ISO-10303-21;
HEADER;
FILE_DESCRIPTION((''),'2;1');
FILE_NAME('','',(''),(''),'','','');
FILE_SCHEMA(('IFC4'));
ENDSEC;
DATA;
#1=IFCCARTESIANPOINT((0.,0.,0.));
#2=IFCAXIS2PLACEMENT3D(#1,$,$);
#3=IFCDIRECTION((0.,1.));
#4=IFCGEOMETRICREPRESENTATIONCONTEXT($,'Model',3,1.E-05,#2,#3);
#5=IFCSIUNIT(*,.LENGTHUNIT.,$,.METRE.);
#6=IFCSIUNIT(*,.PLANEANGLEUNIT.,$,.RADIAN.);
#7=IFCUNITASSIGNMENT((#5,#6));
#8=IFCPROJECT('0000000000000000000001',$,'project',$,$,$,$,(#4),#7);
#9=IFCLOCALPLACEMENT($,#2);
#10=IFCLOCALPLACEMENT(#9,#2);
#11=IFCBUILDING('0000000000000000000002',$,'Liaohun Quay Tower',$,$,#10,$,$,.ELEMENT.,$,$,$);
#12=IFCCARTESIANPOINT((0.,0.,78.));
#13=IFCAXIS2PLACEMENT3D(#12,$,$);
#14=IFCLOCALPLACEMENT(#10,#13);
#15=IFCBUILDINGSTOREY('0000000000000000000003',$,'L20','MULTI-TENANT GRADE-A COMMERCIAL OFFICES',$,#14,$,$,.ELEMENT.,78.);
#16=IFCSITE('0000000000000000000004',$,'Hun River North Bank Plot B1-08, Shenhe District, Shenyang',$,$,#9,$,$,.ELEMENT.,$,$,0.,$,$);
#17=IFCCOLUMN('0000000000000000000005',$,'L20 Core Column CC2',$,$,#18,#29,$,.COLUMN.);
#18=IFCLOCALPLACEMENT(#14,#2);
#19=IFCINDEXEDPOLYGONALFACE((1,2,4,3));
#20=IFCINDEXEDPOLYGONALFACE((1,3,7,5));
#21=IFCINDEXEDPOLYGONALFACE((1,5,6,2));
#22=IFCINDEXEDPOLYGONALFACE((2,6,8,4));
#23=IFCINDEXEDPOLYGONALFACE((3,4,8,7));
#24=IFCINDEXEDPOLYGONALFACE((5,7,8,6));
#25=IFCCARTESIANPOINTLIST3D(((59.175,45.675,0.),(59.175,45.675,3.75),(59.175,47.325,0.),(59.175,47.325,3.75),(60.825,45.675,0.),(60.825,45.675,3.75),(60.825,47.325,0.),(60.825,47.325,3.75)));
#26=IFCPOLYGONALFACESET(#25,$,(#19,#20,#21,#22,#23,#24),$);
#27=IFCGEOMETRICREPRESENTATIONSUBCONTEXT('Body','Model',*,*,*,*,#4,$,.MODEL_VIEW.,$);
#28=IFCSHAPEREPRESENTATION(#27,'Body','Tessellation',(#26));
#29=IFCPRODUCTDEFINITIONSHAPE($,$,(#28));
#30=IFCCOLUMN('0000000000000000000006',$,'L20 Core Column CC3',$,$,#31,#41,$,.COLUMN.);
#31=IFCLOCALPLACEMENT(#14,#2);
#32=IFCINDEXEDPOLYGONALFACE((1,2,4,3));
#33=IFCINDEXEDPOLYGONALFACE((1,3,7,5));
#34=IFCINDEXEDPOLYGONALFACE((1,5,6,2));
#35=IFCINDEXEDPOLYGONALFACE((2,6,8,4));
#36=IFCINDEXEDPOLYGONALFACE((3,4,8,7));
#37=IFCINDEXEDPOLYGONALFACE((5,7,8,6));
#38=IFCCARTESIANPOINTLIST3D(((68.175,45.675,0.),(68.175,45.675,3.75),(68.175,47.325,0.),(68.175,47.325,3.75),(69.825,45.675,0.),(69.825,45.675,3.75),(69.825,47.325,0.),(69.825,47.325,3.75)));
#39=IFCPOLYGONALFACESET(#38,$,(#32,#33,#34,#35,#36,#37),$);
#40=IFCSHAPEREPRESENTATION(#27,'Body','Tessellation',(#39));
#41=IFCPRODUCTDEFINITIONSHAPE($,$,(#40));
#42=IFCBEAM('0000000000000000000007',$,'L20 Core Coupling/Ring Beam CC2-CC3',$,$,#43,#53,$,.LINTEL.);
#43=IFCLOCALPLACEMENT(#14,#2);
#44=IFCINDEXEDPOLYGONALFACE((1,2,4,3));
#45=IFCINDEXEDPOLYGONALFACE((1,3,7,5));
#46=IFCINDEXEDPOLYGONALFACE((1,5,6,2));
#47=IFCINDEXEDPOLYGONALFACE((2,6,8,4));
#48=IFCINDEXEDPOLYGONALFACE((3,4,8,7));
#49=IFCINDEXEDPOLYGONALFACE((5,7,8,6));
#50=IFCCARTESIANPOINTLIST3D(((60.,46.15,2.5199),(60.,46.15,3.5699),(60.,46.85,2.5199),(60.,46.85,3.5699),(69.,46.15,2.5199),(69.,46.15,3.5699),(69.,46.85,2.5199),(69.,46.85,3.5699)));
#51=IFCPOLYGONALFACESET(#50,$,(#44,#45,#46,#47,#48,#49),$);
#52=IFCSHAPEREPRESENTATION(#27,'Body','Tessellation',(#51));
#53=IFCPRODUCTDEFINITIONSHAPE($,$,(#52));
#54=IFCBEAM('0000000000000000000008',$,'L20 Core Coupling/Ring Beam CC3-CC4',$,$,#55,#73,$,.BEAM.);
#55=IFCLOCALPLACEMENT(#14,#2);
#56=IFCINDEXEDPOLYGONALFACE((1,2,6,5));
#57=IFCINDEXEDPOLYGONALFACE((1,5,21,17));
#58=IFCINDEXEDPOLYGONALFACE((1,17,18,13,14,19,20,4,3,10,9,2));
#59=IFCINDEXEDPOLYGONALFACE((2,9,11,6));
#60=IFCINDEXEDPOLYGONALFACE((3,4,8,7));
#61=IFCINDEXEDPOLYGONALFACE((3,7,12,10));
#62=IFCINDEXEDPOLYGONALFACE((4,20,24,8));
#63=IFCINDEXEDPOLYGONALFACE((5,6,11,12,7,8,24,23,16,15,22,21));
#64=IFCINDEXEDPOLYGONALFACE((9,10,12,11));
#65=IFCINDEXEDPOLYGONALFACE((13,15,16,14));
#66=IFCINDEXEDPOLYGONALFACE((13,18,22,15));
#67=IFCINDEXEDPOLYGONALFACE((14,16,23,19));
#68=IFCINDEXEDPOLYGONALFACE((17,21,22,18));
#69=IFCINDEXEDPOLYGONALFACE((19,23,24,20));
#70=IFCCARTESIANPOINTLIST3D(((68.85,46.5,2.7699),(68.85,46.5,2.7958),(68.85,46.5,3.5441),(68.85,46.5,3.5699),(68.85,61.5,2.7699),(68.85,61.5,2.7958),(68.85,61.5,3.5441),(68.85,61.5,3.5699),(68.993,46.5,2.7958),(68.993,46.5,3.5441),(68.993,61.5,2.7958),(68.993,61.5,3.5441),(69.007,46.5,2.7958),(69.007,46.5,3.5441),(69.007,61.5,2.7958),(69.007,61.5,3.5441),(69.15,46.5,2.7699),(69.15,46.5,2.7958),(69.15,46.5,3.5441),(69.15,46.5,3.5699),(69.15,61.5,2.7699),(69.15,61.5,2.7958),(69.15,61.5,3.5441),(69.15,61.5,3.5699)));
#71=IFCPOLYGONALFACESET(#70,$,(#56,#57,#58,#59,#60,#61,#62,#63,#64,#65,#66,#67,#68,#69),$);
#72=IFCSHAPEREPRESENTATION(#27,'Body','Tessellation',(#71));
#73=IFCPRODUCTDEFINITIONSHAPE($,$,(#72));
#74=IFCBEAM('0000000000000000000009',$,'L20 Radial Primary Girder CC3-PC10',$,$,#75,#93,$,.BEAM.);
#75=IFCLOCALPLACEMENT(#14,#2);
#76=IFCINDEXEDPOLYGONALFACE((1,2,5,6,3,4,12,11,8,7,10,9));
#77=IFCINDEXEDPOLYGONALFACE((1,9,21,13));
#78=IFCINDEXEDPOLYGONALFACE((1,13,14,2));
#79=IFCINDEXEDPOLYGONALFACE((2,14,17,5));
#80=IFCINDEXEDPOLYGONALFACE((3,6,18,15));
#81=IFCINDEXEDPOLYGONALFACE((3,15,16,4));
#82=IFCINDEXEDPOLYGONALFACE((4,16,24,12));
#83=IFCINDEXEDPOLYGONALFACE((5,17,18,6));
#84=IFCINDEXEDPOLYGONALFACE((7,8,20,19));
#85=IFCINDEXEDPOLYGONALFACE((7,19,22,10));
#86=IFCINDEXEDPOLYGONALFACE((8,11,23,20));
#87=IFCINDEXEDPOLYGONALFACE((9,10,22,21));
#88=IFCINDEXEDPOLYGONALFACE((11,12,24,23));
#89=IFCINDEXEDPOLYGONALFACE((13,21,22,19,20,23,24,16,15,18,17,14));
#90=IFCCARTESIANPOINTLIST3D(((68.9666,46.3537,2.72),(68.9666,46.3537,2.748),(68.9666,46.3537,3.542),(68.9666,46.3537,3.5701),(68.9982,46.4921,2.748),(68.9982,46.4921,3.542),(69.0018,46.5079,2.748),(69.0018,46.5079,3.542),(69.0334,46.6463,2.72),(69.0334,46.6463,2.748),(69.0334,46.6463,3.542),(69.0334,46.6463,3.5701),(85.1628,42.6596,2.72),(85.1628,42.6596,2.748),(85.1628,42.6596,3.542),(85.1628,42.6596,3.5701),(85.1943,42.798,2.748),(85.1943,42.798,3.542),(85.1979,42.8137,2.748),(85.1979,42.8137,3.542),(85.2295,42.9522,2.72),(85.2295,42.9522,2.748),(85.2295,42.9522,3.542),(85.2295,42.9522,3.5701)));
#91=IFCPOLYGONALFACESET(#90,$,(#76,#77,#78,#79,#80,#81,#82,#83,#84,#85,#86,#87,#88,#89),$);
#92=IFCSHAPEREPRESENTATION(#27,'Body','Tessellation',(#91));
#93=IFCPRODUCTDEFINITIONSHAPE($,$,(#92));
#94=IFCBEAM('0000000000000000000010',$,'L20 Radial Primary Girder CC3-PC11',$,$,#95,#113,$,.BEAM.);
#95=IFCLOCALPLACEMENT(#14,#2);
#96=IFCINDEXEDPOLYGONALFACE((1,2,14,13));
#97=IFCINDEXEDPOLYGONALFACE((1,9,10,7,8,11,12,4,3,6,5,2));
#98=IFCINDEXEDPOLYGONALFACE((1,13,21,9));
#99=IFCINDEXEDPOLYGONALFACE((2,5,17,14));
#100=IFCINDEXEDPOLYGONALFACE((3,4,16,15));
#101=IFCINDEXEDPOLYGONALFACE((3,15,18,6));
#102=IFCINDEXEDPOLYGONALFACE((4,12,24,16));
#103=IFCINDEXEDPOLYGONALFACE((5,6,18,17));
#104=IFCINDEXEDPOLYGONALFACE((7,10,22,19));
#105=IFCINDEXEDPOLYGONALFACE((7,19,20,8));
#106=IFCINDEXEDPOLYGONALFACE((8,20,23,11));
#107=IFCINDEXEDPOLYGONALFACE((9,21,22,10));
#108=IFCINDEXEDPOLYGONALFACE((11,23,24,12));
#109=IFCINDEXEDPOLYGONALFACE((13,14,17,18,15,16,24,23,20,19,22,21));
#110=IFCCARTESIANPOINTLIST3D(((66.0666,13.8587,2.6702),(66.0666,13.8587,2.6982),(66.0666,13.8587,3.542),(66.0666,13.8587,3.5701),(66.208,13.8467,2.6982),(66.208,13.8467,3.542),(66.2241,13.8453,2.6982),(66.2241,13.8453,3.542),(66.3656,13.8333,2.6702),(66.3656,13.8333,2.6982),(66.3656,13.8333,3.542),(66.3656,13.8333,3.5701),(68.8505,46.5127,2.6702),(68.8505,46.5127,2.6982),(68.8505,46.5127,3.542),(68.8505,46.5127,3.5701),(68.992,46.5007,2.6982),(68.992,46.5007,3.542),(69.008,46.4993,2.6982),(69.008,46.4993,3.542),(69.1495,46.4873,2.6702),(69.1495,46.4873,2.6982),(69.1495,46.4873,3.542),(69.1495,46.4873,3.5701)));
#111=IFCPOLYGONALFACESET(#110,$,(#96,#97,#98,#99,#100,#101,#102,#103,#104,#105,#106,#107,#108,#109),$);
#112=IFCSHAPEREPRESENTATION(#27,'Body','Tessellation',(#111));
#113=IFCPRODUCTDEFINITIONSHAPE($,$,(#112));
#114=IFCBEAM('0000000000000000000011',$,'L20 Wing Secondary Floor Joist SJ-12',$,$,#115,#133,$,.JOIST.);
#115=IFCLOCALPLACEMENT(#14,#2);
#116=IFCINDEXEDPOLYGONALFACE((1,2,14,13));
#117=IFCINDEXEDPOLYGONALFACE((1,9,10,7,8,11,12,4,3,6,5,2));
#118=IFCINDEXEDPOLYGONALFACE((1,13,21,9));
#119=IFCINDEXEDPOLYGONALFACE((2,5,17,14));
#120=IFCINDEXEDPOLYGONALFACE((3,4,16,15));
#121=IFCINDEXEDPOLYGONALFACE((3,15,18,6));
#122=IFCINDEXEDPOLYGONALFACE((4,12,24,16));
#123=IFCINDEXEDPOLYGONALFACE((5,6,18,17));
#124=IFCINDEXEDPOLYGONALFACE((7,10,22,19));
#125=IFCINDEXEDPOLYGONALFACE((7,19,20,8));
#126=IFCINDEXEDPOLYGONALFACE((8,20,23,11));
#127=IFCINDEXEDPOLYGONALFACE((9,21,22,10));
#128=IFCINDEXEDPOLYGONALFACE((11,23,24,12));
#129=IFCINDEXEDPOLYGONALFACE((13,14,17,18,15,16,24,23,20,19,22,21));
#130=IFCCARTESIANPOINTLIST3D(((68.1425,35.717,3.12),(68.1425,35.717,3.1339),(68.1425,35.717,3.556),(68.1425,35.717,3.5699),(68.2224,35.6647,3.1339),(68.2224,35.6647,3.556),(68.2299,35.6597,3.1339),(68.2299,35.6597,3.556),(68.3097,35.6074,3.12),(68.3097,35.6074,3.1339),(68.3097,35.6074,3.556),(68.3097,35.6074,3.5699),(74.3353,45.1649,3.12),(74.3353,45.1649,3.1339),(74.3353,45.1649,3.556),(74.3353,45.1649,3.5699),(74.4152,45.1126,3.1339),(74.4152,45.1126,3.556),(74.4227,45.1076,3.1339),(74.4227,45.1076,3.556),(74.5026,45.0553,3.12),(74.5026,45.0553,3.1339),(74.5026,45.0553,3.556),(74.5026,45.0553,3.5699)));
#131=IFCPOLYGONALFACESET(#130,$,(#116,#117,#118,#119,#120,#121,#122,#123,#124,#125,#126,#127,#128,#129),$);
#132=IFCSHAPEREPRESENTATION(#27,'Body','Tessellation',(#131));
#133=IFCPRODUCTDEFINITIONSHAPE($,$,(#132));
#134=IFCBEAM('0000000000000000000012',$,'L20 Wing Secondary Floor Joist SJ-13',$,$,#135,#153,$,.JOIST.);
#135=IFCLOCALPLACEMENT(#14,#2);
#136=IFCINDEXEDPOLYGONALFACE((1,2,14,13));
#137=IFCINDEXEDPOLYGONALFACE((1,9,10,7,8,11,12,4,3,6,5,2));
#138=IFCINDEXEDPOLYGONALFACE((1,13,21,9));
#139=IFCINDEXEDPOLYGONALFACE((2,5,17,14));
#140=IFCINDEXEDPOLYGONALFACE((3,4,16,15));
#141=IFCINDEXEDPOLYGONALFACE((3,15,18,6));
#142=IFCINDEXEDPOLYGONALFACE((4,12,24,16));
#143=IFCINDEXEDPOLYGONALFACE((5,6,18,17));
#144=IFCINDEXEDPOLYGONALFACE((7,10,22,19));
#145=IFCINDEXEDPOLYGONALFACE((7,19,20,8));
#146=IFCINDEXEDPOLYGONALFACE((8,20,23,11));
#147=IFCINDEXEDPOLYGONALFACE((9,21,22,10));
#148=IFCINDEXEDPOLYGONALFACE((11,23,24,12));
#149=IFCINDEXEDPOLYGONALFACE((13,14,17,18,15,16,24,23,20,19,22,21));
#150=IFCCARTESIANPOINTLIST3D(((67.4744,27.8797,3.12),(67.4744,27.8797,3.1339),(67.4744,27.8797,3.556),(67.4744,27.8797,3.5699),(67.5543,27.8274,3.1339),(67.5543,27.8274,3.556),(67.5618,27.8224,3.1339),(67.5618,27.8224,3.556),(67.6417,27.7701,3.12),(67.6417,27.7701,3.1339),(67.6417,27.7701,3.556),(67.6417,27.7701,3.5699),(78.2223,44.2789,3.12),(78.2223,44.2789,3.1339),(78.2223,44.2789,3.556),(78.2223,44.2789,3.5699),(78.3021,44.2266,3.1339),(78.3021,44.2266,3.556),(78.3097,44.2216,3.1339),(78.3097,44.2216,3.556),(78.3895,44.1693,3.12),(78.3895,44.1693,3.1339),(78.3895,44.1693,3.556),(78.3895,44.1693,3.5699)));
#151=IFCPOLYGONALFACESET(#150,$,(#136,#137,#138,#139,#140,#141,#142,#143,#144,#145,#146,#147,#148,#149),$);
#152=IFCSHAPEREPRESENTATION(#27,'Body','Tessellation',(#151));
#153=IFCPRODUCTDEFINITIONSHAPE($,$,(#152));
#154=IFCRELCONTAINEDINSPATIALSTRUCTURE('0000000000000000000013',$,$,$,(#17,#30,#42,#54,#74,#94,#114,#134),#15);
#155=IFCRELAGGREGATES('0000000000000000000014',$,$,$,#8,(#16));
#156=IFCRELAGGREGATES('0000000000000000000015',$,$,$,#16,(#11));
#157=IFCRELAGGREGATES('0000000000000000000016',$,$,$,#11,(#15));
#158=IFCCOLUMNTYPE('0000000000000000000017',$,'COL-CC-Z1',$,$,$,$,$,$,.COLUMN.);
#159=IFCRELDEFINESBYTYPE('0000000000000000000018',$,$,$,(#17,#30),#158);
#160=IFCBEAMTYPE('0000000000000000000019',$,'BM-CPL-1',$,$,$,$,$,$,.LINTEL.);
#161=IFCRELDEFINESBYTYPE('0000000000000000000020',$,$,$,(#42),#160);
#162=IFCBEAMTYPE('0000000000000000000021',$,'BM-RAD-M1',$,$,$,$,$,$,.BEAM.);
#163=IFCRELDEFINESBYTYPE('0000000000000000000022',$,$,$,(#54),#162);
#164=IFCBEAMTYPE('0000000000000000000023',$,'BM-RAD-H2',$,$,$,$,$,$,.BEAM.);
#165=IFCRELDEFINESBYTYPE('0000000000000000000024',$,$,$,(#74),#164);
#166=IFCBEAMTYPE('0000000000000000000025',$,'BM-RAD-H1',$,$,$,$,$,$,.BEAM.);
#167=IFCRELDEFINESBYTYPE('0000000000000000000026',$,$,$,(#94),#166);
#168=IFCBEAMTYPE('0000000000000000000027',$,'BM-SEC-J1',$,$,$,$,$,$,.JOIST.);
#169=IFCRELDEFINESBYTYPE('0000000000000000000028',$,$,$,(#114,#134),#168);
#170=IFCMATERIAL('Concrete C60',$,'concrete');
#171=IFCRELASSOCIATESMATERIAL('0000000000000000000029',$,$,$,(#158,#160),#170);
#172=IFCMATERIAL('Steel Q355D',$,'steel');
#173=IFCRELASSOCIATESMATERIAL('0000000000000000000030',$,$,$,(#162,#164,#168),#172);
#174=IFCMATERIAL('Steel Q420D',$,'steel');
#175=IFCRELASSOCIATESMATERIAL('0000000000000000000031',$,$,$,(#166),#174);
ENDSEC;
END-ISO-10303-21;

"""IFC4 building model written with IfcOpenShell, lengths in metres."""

from ifc_helpers import new_model, si_unit, direction, frame, origin, origin_2d, place, context, subcontext, project, spatial, rectangle, i_section, extrude, source, transform, mapped, material, material_profile, profile_set, type_object, element, save


model = new_model("IFC4")

# Units and contexts
model_context = context("Model", 3, precision=1e-05, world=origin(), true_north=direction((0.0, 1.0)))
body_context = subcontext(model_context, "Body", "Model", "MODEL_VIEW")
ifc_project = project(units=[si_unit("LENGTHUNIT", "METRE"), si_unit("PLANEANGLEUNIT", "RADIAN")], contexts=[model_context])

# Site, building, storey
site_placement = place(None, origin())
site = spatial("IfcSite", under=ifc_project, at=site_placement, Name="Hun River North Bank Plot B1-08, Shenhe District, Shenyang", CompositionType="ELEMENT", RefElevation=0.0)
building_placement = place(site_placement, origin())
building = spatial("IfcBuilding", under=site, at=building_placement, Name="Liaohun Quay Tower", CompositionType="ELEMENT")
storey_placement = place(building_placement, frame((0.0, 0.0, 78.0)))
storey = spatial("IfcBuildingStorey", under=building, at=storey_placement, Name="L20", Description="MULTI-TENANT GRADE-A COMMERCIAL OFFICES", CompositionType="ELEMENT", Elevation=78.0)

# Columns
ifc_material_1 = material(Name="Concrete C60", Category="concrete")
ifc_material_profile_1 = material_profile(ifc_material_1, rectangle(XDim=1.6499, YDim=1.6499, at=origin_2d()), Name="RC1650x1650")
ifc_profile_set_1 = profile_set([ifc_material_profile_1], Name="Concrete C60")
column_type = type_object("IfcColumnType", Name="COL-CC-Z1", PredefinedType="COLUMN", material=ifc_profile_set_1)
shared_shape_1 = source(origin(), body_context, "Body", "SweptSolid", [
    extrude(rectangle(XDim=1.6499, YDim=1.6499, at=origin_2d()), origin(), (0.0, 0.0, 1.0), 3.75),
])
for number, where, z_axis, x_axis, name in (
    (1, (60.0, 46.5, 0.0), (0.0, 0.0, 1.0), (1.0, 0.0, 0.0), "L20 Core Column CC2"),
    (2, (69.0, 46.5, 0.0), (0.0, 0.0, 1.0), (1.0, 0.0, 0.0), "L20 Core Column CC3"),
):
    element("IfcColumn", number, at=place(storey_placement, frame(where, z_axis=z_axis, x_axis=x_axis)), inside=storey, type_object=column_type, Name=name, PredefinedType="COLUMN", context=body_context, shape_type="MappedRepresentation", body=[
        mapped(shared_shape_1, transform((0.0, 0.0, 0.0), x_axis=(1.0, 0.0, 0.0), y_axis=(0.0, 1.0, 0.0), z_axis=(0.0, 0.0, 1.0), scale=1.0)),
    ])

# Beams
ifc_material_profile_2 = material_profile(ifc_material_1, rectangle(XDim=0.7, YDim=1.05, at=origin_2d()), Name="RC700x1050")
ifc_profile_set_2 = profile_set([ifc_material_profile_2], Name="Concrete C60")
beam_type_1 = type_object("IfcBeamType", Name="BM-CPL-1", PredefinedType="LINTEL", material=ifc_profile_set_2)
shared_shape_2 = source(origin(), body_context, "Body", "SweptSolid", [
    extrude(rectangle(XDim=0.7, YDim=1.05, at=origin_2d()), origin(), (0.0, 0.0, 1.0), 9.0),
])
beam_1_placement = place(storey_placement, frame((60.0, 46.5, 3.0449), z_axis=(1.0, 0.0, 0.0), x_axis=(0.0, 1.0, 0.0)))
element("IfcBeam", 3, at=beam_1_placement, inside=storey, type_object=beam_type_1, Name="L20 Core Coupling/Ring Beam CC2-CC3", PredefinedType="LINTEL", context=body_context, shape_type="MappedRepresentation", body=[
    mapped(shared_shape_2, transform((0.0, 0.0, 0.0), x_axis=(1.0, 0.0, 0.0), y_axis=(0.0, 1.0, 0.0), z_axis=(0.0, 0.0, 1.0), scale=1.0)),
])
ifc_material_2 = material(Name="Steel Q355D", Category="steel")
ifc_material_profile_3 = material_profile(ifc_material_2, i_section(OverallWidth=0.3, OverallDepth=0.8, WebThickness=0.0139, FlangeThickness=0.0259, at=origin_2d()), Name="HN800x300x14x26")
ifc_profile_set_3 = profile_set([ifc_material_profile_3], Name="Steel Q355D")
beam_type_2 = type_object("IfcBeamType", Name="BM-RAD-M1", PredefinedType="BEAM", material=ifc_profile_set_3)
shared_shape_3 = source(origin(), body_context, "Body", "SweptSolid", [
    extrude(i_section(OverallWidth=0.3, OverallDepth=0.8, WebThickness=0.0139, FlangeThickness=0.0259, at=origin_2d()), origin(), (0.0, 0.0, 1.0), 15.0),
])
beam_2_placement = place(storey_placement, frame((69.0, 46.5, 3.1699), z_axis=(0.0, 1.0, 0.0), x_axis=(-1.0, 0.0, 0.0)))
element("IfcBeam", 4, at=beam_2_placement, inside=storey, type_object=beam_type_2, Name="L20 Core Coupling/Ring Beam CC3-CC4", PredefinedType="BEAM", context=body_context, shape_type="MappedRepresentation", body=[
    mapped(shared_shape_3, transform((0.0, 0.0, 0.0), x_axis=(1.0, 0.0, 0.0), y_axis=(0.0, 1.0, 0.0), z_axis=(0.0, 0.0, 1.0), scale=1.0)),
])
ifc_material_profile_4 = material_profile(ifc_material_2, i_section(OverallWidth=0.3, OverallDepth=0.8501, WebThickness=0.0161, FlangeThickness=0.0281, at=origin_2d()), Name="HN850x300x16x28")
ifc_profile_set_4 = profile_set([ifc_material_profile_4], Name="Steel Q355D")
beam_type_3 = type_object("IfcBeamType", Name="BM-RAD-H2", PredefinedType="BEAM", material=ifc_profile_set_4)
shared_shape_4 = source(origin(), body_context, "Body", "SweptSolid", [
    extrude(i_section(OverallWidth=0.3, OverallDepth=0.8501, WebThickness=0.0161, FlangeThickness=0.0281, at=origin_2d()), origin(), (0.0, 0.0, 1.0), 16.6121),
])
beam_3_placement = place(storey_placement, frame((69.0, 46.5, 3.145), z_axis=(0.974961, -0.222375, 0.0), x_axis=(0.222375, 0.974961, 0.0)))
element("IfcBeam", 5, at=beam_3_placement, inside=storey, type_object=beam_type_3, Name="L20 Radial Primary Girder CC3-PC10", PredefinedType="BEAM", context=body_context, shape_type="MappedRepresentation", body=[
    mapped(shared_shape_4, transform((0.0, 0.0, 0.0), x_axis=(1.0, 0.0, 0.0), y_axis=(0.0, 1.0, 0.0), z_axis=(0.0, 0.0, 1.0), scale=1.0)),
])
ifc_material_3 = material(Name="Steel Q420D", Category="steel")
ifc_material_profile_5 = material_profile(ifc_material_3, i_section(OverallWidth=0.3, OverallDepth=0.8999, WebThickness=0.0161, FlangeThickness=0.0281, at=origin_2d()), Name="HN900x300x16x28")
ifc_profile_set_5 = profile_set([ifc_material_profile_5], Name="Steel Q420D")
beam_type_4 = type_object("IfcBeamType", Name="BM-RAD-H1", PredefinedType="BEAM", material=ifc_profile_set_5)
shared_shape_5 = source(origin(), body_context, "Body", "SweptSolid", [
    extrude(i_section(OverallWidth=0.3, OverallDepth=0.8999, WebThickness=0.0161, FlangeThickness=0.0281, at=origin_2d()), origin(), (0.0, 0.0, 1.0), 32.7725),
])
beam_4_placement = place(storey_placement, frame((69.0, 46.5, 3.1201), z_axis=(-0.084947, -0.996385, 0.0), x_axis=(0.996385, -0.084947, 0.0)))
element("IfcBeam", 6, at=beam_4_placement, inside=storey, type_object=beam_type_4, Name="L20 Radial Primary Girder CC3-PC11", PredefinedType="BEAM", context=body_context, shape_type="MappedRepresentation", body=[
    mapped(shared_shape_5, transform((0.0, 0.0, 0.0), x_axis=(1.0, 0.0, 0.0), y_axis=(0.0, 1.0, 0.0), z_axis=(0.0, 0.0, 1.0), scale=1.0)),
])
ifc_material_profile_6 = material_profile(ifc_material_2, i_section(OverallWidth=0.2, OverallDepth=0.45, WebThickness=0.009, FlangeThickness=0.0139, at=origin_2d()), Name="HN450x200x9x14")
ifc_profile_set_6 = profile_set([ifc_material_profile_6], Name="Steel Q355D")
beam_type_5 = type_object("IfcBeamType", Name="BM-SEC-J1", PredefinedType="JOIST", material=ifc_profile_set_6)
shared_shape_6 = source(origin(), body_context, "Body", "SweptSolid", [
    extrude(i_section(OverallWidth=0.2, OverallDepth=0.45, WebThickness=0.009, FlangeThickness=0.0139, at=origin_2d()), origin(), (0.0, 0.0, 1.0), 11.2966),
])
beam_5_placement = place(storey_placement, frame((74.4189, 45.1101, 3.345), z_axis=(-0.5482, -0.836347, 0.0), x_axis=(0.836347, -0.5482, 0.0)))
element("IfcBeam", 7, at=beam_5_placement, inside=storey, type_object=beam_type_5, Name="L20 Wing Secondary Floor Joist SJ-12", PredefinedType="JOIST", context=body_context, shape_type="MappedRepresentation", body=[
    mapped(shared_shape_6, transform((0.0, 0.0, 0.0), x_axis=(1.0, 0.0, 0.0), y_axis=(0.0, 1.0, 0.0), z_axis=(0.0, 0.0, 1.0), scale=1.0)),
])
shared_shape_7 = source(origin(), body_context, "Body", "SweptSolid", [
    extrude(i_section(OverallWidth=0.2, OverallDepth=0.45, WebThickness=0.009, FlangeThickness=0.0139, at=origin_2d()), origin(), (0.0, 0.0, 1.0), 19.6074),
])
beam_6_placement = place(storey_placement, frame((78.3059, 44.2241, 3.345), z_axis=(-0.548152, -0.836379, 0.0), x_axis=(0.836379, -0.548152, 0.0)))
element("IfcBeam", 8, at=beam_6_placement, inside=storey, type_object=beam_type_5, Name="L20 Wing Secondary Floor Joist SJ-13", PredefinedType="JOIST", context=body_context, shape_type="MappedRepresentation", body=[
    mapped(shared_shape_7, transform((0.0, 0.0, 0.0), x_axis=(1.0, 0.0, 0.0), y_axis=(0.0, 1.0, 0.0), z_axis=(0.0, 0.0, 1.0), scale=1.0)),
])

save(model, "model.ifc")
